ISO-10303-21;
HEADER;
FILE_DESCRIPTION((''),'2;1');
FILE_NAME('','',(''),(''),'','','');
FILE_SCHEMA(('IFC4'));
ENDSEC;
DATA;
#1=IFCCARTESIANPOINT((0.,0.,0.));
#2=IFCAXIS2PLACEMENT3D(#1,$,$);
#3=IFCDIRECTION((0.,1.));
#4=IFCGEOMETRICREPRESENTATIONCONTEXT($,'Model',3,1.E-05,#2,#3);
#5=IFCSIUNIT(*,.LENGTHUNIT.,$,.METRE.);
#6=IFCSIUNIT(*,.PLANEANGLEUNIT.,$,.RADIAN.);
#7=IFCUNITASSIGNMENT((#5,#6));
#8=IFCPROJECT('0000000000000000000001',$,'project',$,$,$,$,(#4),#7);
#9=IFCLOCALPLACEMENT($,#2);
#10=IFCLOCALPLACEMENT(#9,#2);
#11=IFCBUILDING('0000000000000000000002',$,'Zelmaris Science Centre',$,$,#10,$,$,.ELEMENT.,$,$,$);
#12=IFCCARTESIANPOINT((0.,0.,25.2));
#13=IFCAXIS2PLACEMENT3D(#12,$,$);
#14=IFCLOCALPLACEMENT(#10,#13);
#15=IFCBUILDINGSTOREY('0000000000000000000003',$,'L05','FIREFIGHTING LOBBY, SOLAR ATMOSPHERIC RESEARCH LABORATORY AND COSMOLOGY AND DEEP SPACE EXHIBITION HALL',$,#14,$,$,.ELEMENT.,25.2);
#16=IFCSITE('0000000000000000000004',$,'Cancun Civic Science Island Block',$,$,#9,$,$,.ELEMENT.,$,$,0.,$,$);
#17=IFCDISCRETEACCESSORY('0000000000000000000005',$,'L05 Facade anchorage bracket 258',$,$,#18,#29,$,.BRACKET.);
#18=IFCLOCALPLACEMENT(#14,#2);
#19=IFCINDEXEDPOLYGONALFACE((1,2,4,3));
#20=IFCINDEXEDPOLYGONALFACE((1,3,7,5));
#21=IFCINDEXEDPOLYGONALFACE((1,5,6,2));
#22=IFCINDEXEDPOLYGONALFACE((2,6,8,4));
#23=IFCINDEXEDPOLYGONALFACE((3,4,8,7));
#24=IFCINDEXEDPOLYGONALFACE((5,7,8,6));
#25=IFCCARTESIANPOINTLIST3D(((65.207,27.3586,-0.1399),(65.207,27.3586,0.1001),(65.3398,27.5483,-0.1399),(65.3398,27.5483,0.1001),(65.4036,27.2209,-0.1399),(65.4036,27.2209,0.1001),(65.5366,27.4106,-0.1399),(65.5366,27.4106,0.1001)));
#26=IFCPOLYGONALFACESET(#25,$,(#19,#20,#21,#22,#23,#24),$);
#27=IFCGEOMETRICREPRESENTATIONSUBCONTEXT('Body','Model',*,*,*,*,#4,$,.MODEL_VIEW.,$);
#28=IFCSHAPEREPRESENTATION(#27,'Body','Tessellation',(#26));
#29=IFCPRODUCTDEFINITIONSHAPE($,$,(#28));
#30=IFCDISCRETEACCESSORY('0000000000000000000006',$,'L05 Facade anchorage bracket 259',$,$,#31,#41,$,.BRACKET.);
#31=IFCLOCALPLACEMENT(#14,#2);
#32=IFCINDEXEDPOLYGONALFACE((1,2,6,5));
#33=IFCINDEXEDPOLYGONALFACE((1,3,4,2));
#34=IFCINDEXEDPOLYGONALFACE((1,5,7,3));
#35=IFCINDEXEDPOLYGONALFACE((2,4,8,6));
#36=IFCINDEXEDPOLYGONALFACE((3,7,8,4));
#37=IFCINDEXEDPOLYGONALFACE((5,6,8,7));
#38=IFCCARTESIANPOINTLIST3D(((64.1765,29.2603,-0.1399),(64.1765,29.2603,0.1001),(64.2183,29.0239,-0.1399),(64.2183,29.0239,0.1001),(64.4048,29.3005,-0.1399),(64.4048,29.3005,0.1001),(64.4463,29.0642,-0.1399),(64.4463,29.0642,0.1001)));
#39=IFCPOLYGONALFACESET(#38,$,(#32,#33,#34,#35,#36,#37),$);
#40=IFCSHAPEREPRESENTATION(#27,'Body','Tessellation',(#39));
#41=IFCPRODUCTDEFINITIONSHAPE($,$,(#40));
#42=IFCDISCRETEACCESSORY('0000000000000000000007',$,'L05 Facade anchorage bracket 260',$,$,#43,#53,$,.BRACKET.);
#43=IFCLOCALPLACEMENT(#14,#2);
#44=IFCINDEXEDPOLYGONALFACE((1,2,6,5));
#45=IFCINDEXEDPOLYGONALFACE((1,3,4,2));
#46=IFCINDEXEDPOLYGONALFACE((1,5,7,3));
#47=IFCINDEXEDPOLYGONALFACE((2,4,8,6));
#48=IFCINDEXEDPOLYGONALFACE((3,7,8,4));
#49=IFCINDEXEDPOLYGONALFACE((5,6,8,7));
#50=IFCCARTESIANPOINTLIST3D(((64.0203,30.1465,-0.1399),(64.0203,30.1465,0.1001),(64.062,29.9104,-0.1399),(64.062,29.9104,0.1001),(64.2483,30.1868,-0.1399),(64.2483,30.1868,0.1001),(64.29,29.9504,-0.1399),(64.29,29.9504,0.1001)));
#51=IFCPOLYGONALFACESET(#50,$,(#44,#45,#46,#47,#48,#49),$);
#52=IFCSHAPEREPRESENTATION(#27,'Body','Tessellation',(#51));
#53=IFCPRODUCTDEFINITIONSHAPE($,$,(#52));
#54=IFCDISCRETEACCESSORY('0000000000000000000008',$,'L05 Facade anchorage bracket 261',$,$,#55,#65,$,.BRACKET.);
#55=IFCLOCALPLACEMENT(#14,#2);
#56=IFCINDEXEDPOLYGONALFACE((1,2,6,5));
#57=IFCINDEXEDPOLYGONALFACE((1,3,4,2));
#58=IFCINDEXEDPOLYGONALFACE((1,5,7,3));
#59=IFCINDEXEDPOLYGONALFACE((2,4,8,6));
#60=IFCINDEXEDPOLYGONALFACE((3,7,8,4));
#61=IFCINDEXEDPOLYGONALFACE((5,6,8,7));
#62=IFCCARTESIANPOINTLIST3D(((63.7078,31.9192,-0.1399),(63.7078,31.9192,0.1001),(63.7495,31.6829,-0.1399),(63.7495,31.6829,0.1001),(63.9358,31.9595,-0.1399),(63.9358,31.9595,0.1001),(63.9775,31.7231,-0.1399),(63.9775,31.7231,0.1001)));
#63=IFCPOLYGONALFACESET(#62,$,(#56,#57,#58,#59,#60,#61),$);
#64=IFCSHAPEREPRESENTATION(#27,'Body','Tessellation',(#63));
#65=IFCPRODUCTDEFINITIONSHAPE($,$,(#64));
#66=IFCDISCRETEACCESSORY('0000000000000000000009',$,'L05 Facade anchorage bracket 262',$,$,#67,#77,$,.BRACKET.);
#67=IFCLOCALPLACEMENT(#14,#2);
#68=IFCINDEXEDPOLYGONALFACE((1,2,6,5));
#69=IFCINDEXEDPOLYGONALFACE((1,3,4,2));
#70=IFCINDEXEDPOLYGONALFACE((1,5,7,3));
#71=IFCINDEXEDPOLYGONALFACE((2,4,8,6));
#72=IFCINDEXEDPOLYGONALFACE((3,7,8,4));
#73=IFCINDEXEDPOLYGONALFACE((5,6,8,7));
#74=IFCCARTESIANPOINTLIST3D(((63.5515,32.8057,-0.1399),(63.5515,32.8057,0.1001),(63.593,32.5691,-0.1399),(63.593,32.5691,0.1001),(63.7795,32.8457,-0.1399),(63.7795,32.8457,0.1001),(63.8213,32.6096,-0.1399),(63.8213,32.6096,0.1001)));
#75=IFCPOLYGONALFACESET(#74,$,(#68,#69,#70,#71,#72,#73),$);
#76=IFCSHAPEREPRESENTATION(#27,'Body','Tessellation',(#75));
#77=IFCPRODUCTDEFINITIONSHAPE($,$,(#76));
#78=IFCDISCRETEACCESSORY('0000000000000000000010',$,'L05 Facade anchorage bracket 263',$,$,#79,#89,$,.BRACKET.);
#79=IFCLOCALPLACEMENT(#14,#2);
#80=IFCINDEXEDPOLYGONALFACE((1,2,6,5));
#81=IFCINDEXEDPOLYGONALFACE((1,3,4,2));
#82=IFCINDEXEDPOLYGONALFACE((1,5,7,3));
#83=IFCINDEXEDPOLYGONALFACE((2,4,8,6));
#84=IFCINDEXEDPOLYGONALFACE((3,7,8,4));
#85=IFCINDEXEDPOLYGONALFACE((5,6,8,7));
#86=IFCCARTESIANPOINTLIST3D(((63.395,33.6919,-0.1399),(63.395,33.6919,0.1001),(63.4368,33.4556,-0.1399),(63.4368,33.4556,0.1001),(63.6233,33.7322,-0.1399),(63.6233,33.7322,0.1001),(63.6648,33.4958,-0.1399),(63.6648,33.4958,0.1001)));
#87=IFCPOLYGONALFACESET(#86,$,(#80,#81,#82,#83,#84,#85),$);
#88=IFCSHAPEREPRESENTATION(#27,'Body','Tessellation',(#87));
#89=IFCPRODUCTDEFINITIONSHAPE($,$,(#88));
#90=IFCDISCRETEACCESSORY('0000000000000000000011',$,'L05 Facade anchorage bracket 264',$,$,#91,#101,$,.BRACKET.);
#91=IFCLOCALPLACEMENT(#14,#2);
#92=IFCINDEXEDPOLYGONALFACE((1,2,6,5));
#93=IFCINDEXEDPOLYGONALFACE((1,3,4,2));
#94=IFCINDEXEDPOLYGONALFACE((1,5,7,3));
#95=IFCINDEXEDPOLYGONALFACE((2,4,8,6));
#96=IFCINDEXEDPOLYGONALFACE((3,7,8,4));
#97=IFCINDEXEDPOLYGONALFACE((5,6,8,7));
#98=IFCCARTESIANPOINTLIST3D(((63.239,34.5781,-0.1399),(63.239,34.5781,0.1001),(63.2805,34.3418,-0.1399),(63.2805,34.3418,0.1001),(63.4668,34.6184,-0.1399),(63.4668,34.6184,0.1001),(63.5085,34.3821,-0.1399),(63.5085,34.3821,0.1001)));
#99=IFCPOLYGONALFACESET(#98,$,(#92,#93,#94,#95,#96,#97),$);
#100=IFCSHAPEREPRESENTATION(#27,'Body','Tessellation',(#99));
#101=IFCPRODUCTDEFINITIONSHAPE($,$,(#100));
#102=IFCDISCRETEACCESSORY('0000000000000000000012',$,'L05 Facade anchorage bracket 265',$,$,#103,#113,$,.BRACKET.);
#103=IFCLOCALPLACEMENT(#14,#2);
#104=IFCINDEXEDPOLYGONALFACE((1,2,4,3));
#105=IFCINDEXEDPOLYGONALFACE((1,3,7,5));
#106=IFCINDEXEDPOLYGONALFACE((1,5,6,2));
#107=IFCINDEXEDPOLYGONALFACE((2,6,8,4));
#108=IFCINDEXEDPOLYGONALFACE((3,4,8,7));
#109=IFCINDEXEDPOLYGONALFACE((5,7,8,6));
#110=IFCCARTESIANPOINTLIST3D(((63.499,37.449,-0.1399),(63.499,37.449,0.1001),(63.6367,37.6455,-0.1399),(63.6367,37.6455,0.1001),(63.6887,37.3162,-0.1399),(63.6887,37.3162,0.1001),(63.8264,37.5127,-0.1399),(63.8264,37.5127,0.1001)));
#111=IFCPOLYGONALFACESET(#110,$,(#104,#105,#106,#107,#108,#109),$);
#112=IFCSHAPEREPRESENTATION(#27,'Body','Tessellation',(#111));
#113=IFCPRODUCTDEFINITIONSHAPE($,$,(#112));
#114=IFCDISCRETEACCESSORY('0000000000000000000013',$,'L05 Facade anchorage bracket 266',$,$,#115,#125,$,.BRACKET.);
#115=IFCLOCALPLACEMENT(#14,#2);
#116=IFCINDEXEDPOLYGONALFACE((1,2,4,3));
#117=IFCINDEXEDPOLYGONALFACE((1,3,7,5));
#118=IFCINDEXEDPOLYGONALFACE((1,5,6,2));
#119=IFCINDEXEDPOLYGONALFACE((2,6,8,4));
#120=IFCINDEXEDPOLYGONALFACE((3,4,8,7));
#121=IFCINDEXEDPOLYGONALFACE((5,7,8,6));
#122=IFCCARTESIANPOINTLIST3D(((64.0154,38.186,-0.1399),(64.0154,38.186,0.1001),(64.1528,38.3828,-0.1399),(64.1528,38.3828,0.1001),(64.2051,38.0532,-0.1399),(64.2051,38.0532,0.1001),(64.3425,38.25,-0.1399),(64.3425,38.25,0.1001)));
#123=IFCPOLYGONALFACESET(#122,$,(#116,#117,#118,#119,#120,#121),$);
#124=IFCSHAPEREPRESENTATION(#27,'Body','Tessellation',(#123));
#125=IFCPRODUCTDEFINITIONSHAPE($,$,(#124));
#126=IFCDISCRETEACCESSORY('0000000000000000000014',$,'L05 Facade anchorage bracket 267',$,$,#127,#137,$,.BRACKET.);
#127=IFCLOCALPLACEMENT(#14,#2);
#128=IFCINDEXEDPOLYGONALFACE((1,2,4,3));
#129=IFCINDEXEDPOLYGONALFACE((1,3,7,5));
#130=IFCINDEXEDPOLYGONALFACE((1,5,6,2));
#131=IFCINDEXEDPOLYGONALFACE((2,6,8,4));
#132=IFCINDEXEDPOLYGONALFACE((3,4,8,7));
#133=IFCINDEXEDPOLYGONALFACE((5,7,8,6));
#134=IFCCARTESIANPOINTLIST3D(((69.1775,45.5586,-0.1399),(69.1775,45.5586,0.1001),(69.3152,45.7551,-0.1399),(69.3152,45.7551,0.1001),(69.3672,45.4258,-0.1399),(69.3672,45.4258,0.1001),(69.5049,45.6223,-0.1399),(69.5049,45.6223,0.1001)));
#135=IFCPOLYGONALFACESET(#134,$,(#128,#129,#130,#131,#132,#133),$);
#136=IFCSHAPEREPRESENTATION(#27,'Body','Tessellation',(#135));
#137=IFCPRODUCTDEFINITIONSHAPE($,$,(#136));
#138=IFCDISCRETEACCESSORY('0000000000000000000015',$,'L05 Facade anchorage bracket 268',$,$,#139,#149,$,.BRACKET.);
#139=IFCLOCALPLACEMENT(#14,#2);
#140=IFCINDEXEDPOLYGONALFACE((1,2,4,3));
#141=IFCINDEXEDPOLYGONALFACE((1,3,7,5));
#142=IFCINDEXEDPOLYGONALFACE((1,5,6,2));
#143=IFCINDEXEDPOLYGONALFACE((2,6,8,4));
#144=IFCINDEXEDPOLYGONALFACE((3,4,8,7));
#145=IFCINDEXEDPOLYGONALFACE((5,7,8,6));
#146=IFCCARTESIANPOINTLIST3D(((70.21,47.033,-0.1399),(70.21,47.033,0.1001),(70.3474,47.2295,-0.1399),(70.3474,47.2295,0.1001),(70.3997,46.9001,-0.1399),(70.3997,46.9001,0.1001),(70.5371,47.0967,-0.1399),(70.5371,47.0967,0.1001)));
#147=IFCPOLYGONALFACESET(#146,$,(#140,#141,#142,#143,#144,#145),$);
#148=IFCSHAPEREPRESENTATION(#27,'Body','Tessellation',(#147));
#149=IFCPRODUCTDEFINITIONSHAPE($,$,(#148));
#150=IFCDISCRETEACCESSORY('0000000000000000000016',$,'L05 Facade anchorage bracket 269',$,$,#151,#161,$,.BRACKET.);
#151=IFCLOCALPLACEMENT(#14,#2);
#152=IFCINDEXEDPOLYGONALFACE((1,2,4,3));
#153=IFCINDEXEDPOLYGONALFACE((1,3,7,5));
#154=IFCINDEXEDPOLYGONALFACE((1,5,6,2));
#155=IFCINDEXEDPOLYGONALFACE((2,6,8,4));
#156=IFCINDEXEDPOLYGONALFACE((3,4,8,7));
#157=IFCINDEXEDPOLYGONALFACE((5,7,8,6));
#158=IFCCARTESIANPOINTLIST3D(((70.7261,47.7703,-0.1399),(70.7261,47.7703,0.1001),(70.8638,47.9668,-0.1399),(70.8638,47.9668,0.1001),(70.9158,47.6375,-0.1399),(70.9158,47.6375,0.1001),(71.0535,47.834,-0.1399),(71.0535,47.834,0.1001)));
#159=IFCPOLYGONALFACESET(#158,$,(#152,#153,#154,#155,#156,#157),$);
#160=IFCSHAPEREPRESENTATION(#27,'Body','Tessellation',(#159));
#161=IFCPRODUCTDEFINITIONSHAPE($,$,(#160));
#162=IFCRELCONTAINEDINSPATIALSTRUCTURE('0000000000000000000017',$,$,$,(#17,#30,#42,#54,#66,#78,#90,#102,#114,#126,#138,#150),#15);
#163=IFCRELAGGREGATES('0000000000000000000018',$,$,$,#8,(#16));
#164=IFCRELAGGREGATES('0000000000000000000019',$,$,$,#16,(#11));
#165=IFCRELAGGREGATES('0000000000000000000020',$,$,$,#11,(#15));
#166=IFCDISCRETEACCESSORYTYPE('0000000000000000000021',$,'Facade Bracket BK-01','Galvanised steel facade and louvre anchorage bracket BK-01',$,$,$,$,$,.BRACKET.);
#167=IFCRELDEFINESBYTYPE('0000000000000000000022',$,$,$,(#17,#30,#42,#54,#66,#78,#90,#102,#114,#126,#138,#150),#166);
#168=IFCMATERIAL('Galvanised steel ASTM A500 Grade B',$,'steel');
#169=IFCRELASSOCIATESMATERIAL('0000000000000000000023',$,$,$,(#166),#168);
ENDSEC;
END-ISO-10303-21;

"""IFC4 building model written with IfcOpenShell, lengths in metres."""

from ifc_helpers import new_model, si_unit, direction, frame, origin, place, context, subcontext, project, spatial, polyline, outline, extrude, material, type_object, element, save


model = new_model("IFC4")

# Units and contexts
model_context = context("Model", 3, precision=1e-05, world=origin(), true_north=direction((0.0, 1.0)))
body_context = subcontext(model_context, "Body", "Model", "MODEL_VIEW")
ifc_project = project(units=[si_unit("LENGTHUNIT", "METRE"), si_unit("PLANEANGLEUNIT", "RADIAN")], contexts=[model_context])

# Site, building, storey
site_placement = place(None, origin())
site = spatial("IfcSite", under=ifc_project, at=site_placement, Name="Cancun Civic Science Island Block", CompositionType="ELEMENT", RefElevation=0.0)
building_placement = place(site_placement, origin())
building = spatial("IfcBuilding", under=site, at=building_placement, Name="Zelmaris Science Centre", CompositionType="ELEMENT")
storey_placement = place(building_placement, frame((0.0, 0.0, 25.2)))
storey = spatial("IfcBuildingStorey", under=building, at=storey_placement, Name="L05", Description="FIREFIGHTING LOBBY, SOLAR ATMOSPHERIC RESEARCH LABORATORY AND COSMOLOGY AND DEEP SPACE EXHIBITION HALL", CompositionType="ELEMENT", Elevation=25.2)

# Discrete accessories
ifc_material = material(Name="Galvanised steel ASTM A500 Grade B", Category="steel")
discrete_accessory_type = type_object("IfcDiscreteAccessoryType", Name="Facade Bracket BK-01", Description="Galvanised steel facade and louvre anchorage bracket BK-01", PredefinedType="BRACKET", material=ifc_material)
discrete_accessory_1_placement = place(storey_placement, frame((0.0, 0.0, -0.1399)))
element("IfcDiscreteAccessory", 1, at=discrete_accessory_1_placement, inside=storey, type_object=discrete_accessory_type, Name="L05 Facade anchorage bracket 258", PredefinedType="BRACKET", context=body_context, shape_type="SweptSolid", body=[
    extrude(outline(polyline([(65.5366, 27.4106), (65.3398, 27.5483), (65.207, 27.3586), (65.4036, 27.2209), (65.5366, 27.4106)])), origin(), (0.0, 0.0, 1.0), 0.24),
])
discrete_accessory_2_placement = place(storey_placement, frame((0.0, 0.0, -0.1399)))
element("IfcDiscreteAccessory", 2, at=discrete_accessory_2_placement, inside=storey, type_object=discrete_accessory_type, Name="L05 Facade anchorage bracket 259", PredefinedType="BRACKET", context=body_context, shape_type="SweptSolid", body=[
    extrude(outline(polyline([(64.4463, 29.0642), (64.4048, 29.3005), (64.1765, 29.2603), (64.2183, 29.0239), (64.4463, 29.0642)])), origin(), (0.0, 0.0, 1.0), 0.24),
])
discrete_accessory_3_placement = place(storey_placement, frame((0.0, 0.0, -0.1399)))
element("IfcDiscreteAccessory", 3, at=discrete_accessory_3_placement, inside=storey, type_object=discrete_accessory_type, Name="L05 Facade anchorage bracket 260", PredefinedType="BRACKET", context=body_context, shape_type="SweptSolid", body=[
    extrude(outline(polyline([(64.29, 29.9504), (64.2483, 30.1868), (64.0203, 30.1465), (64.062, 29.9104), (64.29, 29.9504)])), origin(), (0.0, 0.0, 1.0), 0.24),
])
discrete_accessory_4_placement = place(storey_placement, frame((0.0, 0.0, -0.1399)))
element("IfcDiscreteAccessory", 4, at=discrete_accessory_4_placement, inside=storey, type_object=discrete_accessory_type, Name="L05 Facade anchorage bracket 261", PredefinedType="BRACKET", context=body_context, shape_type="SweptSolid", body=[
    extrude(outline(polyline([(63.9775, 31.7231), (63.9358, 31.9595), (63.7078, 31.9192), (63.7495, 31.6829), (63.9775, 31.7231)])), origin(), (0.0, 0.0, 1.0), 0.24),
])
discrete_accessory_5_placement = place(storey_placement, frame((0.0, 0.0, -0.1399)))
element("IfcDiscreteAccessory", 5, at=discrete_accessory_5_placement, inside=storey, type_object=discrete_accessory_type, Name="L05 Facade anchorage bracket 262", PredefinedType="BRACKET", context=body_context, shape_type="SweptSolid", body=[
    extrude(outline(polyline([(63.8213, 32.6096), (63.7795, 32.8457), (63.5515, 32.8057), (63.593, 32.5691), (63.8213, 32.6096)])), origin(), (0.0, 0.0, 1.0), 0.24),
])
discrete_accessory_6_placement = place(storey_placement, frame((0.0, 0.0, -0.1399)))
element("IfcDiscreteAccessory", 6, at=discrete_accessory_6_placement, inside=storey, type_object=discrete_accessory_type, Name="L05 Facade anchorage bracket 263", PredefinedType="BRACKET", context=body_context, shape_type="SweptSolid", body=[
    extrude(outline(polyline([(63.6648, 33.4958), (63.6233, 33.7322), (63.395, 33.6919), (63.4368, 33.4556), (63.6648, 33.4958)])), origin(), (0.0, 0.0, 1.0), 0.24),
])
discrete_accessory_7_placement = place(storey_placement, frame((0.0, 0.0, -0.1399)))
element("IfcDiscreteAccessory", 7, at=discrete_accessory_7_placement, inside=storey, type_object=discrete_accessory_type, Name="L05 Facade anchorage bracket 264", PredefinedType="BRACKET", context=body_context, shape_type="SweptSolid", body=[
    extrude(outline(polyline([(63.5085, 34.3821), (63.4668, 34.6184), (63.239, 34.5781), (63.2805, 34.3418), (63.5085, 34.3821)])), origin(), (0.0, 0.0, 1.0), 0.24),
])
discrete_accessory_8_placement = place(storey_placement, frame((0.0, 0.0, -0.1399)))
element("IfcDiscreteAccessory", 8, at=discrete_accessory_8_placement, inside=storey, type_object=discrete_accessory_type, Name="L05 Facade anchorage bracket 265", PredefinedType="BRACKET", context=body_context, shape_type="SweptSolid", body=[
    extrude(outline(polyline([(63.6887, 37.3162), (63.8264, 37.5127), (63.6367, 37.6455), (63.499, 37.449), (63.6887, 37.3162)])), origin(), (0.0, 0.0, 1.0), 0.24),
])
discrete_accessory_9_placement = place(storey_placement, frame((0.0, 0.0, -0.1399)))
element("IfcDiscreteAccessory", 9, at=discrete_accessory_9_placement, inside=storey, type_object=discrete_accessory_type, Name="L05 Facade anchorage bracket 266", PredefinedType="BRACKET", context=body_context, shape_type="SweptSolid", body=[
    extrude(outline(polyline([(64.2051, 38.0532), (64.3425, 38.25), (64.1528, 38.3828), (64.0154, 38.186), (64.2051, 38.0532)])), origin(), (0.0, 0.0, 1.0), 0.24),
])
discrete_accessory_10_placement = place(storey_placement, frame((0.0, 0.0, -0.1399)))
element("IfcDiscreteAccessory", 10, at=discrete_accessory_10_placement, inside=storey, type_object=discrete_accessory_type, Name="L05 Facade anchorage bracket 267", PredefinedType="BRACKET", context=body_context, shape_type="SweptSolid", body=[
    extrude(outline(polyline([(69.3672, 45.4258), (69.5049, 45.6223), (69.3152, 45.7551), (69.1775, 45.5586), (69.3672, 45.4258)])), origin(), (0.0, 0.0, 1.0), 0.24),
])
discrete_accessory_11_placement = place(storey_placement, frame((0.0, 0.0, -0.1399)))
element("IfcDiscreteAccessory", 11, at=discrete_accessory_11_placement, inside=storey, type_object=discrete_accessory_type, Name="L05 Facade anchorage bracket 268", PredefinedType="BRACKET", context=body_context, shape_type="SweptSolid", body=[
    extrude(outline(polyline([(70.3997, 46.9001), (70.5371, 47.0967), (70.3474, 47.2295), (70.21, 47.033), (70.3997, 46.9001)])), origin(), (0.0, 0.0, 1.0), 0.24),
])
discrete_accessory_12_placement = place(storey_placement, frame((0.0, 0.0, -0.1399)))
element("IfcDiscreteAccessory", 12, at=discrete_accessory_12_placement, inside=storey, type_object=discrete_accessory_type, Name="L05 Facade anchorage bracket 269", PredefinedType="BRACKET", context=body_context, shape_type="SweptSolid", body=[
    extrude(outline(polyline([(70.9158, 47.6375), (71.0535, 47.834), (70.8638, 47.9668), (70.7261, 47.7703), (70.9158, 47.6375)])), origin(), (0.0, 0.0, 1.0), 0.24),
])

save(model, "model.ifc")
